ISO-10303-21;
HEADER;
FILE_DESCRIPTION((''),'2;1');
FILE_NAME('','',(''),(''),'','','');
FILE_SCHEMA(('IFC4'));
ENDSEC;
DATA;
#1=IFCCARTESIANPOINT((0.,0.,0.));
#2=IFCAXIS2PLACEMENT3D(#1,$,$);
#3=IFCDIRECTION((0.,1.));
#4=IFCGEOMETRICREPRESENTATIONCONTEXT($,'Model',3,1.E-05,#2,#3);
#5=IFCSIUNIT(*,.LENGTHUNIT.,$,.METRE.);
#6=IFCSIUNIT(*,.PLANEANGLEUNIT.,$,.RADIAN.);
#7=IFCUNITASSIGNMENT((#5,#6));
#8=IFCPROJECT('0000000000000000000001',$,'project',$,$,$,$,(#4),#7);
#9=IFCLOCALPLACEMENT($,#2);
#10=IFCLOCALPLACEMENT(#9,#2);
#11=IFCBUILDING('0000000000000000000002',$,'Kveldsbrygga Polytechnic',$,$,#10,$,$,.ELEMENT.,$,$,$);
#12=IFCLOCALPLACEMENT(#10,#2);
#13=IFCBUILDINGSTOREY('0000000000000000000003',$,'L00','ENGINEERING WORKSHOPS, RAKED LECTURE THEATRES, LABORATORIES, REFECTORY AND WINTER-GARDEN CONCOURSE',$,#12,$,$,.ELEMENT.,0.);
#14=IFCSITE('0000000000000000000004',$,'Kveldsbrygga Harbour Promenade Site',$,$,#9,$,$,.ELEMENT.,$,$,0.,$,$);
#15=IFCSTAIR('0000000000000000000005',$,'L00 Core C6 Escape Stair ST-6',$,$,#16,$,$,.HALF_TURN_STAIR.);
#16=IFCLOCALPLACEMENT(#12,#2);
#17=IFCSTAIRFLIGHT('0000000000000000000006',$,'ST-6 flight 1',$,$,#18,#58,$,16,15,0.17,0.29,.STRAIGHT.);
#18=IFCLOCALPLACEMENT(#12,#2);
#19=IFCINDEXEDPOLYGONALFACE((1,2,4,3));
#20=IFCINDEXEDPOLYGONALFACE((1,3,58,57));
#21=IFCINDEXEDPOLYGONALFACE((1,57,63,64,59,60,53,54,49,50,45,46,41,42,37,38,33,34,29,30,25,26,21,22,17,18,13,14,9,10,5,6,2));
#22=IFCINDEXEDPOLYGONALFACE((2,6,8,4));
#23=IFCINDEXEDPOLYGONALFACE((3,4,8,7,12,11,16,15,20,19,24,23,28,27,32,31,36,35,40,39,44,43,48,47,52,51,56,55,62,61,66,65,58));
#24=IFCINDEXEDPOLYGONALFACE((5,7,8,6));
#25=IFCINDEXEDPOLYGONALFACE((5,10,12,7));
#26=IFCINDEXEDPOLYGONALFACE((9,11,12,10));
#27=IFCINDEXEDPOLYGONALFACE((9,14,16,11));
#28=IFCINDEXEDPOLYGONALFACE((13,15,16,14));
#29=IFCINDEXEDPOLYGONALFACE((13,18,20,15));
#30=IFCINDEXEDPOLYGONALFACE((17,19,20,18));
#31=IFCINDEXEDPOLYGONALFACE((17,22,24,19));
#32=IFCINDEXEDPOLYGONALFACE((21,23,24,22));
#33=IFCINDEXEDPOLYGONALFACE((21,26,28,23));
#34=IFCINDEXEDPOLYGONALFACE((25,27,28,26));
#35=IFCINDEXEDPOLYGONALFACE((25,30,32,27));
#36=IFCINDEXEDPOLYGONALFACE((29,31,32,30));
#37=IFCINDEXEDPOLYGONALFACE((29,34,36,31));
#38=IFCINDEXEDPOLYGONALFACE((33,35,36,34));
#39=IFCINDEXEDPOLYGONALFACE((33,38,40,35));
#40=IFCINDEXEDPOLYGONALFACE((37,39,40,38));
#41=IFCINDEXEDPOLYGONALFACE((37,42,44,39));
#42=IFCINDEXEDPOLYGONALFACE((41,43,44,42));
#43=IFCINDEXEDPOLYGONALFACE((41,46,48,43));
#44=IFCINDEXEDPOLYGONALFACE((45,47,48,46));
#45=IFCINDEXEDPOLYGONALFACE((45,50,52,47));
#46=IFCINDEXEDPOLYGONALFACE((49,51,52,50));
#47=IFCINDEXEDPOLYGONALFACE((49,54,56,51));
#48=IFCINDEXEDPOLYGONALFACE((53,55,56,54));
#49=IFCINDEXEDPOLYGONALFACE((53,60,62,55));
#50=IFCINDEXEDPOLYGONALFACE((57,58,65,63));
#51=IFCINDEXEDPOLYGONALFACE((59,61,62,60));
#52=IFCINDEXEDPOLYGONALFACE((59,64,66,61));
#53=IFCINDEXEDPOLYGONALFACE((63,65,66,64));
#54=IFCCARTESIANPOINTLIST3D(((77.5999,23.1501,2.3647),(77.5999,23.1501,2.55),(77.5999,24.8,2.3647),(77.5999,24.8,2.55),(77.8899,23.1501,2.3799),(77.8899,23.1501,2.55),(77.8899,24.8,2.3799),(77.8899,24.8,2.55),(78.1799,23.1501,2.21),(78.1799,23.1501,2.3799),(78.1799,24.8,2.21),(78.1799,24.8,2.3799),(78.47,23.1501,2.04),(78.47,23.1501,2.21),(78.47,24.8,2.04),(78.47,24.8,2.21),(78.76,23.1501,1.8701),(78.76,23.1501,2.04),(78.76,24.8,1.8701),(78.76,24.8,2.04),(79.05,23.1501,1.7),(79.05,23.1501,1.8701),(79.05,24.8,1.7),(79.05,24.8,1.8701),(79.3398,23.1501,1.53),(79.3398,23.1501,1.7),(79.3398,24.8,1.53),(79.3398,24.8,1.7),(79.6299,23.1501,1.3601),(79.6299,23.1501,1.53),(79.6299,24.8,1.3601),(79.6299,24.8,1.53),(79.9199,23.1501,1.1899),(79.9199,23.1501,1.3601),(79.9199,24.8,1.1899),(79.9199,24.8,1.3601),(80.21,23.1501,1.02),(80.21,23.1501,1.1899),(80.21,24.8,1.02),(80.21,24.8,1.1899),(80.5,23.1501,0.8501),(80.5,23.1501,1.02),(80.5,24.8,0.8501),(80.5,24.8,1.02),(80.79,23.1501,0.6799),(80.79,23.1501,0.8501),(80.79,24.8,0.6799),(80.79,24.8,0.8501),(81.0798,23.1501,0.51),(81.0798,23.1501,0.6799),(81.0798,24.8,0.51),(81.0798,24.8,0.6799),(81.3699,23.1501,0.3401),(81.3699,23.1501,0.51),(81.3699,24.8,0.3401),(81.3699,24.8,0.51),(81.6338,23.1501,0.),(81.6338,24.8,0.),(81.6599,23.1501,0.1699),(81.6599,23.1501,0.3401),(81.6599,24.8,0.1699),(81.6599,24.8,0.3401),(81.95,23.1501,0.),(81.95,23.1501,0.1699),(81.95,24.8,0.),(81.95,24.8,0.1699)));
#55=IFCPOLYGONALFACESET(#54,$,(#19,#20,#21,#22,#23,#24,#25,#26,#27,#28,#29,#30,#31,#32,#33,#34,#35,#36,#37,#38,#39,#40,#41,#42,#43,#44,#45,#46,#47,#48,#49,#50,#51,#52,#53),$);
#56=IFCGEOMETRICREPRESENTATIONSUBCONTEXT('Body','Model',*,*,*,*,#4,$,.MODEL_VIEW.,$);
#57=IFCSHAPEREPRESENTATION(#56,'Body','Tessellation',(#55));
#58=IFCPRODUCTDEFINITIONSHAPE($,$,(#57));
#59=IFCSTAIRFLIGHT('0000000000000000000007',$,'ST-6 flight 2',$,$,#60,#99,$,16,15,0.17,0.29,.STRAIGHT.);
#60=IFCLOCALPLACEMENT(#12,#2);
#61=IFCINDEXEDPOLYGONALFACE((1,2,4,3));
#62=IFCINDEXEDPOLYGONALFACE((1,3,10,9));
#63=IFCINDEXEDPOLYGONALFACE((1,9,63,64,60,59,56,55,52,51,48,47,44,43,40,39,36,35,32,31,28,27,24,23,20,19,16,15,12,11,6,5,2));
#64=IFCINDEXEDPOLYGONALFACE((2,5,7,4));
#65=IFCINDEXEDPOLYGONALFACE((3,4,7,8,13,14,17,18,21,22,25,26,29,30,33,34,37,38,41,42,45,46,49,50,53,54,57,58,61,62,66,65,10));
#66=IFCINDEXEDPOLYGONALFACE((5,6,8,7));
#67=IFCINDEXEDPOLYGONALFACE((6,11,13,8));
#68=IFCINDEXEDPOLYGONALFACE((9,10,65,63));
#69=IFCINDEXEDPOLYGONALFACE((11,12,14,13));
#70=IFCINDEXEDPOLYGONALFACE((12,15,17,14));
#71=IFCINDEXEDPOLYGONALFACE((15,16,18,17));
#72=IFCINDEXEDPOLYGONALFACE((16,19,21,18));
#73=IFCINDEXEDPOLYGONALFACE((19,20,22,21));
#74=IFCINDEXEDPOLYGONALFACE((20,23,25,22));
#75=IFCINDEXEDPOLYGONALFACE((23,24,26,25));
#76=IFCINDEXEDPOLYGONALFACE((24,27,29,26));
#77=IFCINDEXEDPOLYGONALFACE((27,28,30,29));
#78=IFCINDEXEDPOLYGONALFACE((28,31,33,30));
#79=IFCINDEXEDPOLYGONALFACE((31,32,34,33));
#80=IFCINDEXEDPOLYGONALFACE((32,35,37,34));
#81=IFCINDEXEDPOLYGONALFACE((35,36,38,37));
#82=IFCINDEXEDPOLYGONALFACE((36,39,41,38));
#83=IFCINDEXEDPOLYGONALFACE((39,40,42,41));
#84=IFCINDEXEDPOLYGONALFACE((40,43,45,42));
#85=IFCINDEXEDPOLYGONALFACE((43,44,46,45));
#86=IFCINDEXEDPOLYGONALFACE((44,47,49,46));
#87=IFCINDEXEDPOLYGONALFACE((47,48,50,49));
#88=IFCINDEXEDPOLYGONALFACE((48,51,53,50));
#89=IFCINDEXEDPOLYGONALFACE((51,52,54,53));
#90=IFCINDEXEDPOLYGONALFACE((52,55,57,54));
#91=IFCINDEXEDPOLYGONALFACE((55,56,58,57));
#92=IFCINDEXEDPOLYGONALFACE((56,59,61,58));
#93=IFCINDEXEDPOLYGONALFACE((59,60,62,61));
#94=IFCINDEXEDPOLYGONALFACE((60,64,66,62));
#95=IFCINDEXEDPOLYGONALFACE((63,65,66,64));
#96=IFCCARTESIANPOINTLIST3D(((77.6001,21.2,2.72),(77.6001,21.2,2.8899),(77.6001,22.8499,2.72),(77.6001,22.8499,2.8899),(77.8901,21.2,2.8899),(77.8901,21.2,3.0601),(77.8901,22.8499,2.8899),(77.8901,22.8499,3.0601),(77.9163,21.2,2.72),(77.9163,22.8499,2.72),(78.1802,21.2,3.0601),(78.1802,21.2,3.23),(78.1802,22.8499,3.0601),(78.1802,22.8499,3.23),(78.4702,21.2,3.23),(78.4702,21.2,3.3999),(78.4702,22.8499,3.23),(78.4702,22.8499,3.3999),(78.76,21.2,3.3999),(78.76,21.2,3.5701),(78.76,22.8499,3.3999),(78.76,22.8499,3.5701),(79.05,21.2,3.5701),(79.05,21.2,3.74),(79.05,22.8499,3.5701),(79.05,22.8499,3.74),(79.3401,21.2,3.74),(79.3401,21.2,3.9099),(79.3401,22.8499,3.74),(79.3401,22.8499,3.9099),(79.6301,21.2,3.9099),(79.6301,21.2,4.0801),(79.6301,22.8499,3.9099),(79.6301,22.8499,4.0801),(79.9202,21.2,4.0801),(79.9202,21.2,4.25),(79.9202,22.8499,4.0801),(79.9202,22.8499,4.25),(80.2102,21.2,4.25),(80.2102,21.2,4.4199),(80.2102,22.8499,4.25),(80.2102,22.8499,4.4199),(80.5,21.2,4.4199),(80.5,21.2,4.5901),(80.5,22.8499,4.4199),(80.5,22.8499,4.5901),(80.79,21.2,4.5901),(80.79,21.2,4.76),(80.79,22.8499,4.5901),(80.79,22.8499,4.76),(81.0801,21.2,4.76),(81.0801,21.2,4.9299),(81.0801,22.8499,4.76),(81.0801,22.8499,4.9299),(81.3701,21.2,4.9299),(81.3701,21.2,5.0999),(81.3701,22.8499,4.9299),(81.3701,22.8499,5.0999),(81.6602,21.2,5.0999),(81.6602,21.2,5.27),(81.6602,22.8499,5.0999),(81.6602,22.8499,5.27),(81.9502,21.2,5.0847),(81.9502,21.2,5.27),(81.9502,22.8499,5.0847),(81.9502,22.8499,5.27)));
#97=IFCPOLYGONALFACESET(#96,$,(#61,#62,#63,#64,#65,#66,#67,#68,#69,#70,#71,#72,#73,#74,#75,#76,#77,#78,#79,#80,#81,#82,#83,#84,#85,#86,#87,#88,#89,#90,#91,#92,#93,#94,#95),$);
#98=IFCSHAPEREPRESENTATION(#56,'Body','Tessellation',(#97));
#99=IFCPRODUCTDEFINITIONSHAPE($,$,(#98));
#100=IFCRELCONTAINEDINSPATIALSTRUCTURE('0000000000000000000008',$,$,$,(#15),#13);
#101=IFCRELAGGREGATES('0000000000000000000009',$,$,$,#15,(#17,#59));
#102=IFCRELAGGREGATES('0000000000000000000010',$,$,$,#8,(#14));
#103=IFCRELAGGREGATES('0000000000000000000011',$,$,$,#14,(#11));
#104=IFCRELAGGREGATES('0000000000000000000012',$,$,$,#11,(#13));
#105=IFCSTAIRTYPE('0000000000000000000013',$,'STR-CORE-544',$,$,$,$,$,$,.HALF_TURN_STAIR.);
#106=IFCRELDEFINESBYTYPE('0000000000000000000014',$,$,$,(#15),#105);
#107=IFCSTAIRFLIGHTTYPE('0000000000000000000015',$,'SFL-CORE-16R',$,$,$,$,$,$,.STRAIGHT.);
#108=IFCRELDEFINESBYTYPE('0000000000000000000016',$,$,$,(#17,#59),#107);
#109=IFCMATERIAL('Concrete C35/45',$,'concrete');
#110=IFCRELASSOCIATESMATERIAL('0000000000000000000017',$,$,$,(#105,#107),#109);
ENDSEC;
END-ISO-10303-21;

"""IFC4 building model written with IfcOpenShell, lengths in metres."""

from ifc_helpers import new_model, si_unit, direction, frame, origin, place, context, subcontext, project, spatial, polyline, outline, extrude, material, type_object, element, aggregate, save


model = new_model("IFC4")

# Units and contexts
model_context = context("Model", 3, precision=1e-05, world=origin(), true_north=direction((0.0, 1.0)))
body_context = subcontext(model_context, "Body", "Model", "MODEL_VIEW")
ifc_project = project(units=[si_unit("LENGTHUNIT", "METRE"), si_unit("PLANEANGLEUNIT", "RADIAN")], contexts=[model_context])

# Site, building, storey
site_placement = place(None, origin())
site = spatial("IfcSite", under=ifc_project, at=site_placement, Name="Kveldsbrygga Harbour Promenade Site", CompositionType="ELEMENT", RefElevation=0.0)
building_placement = place(site_placement, origin())
building = spatial("IfcBuilding", under=site, at=building_placement, Name="Kveldsbrygga Polytechnic", CompositionType="ELEMENT")
storey_placement = place(building_placement, origin())
storey = spatial("IfcBuildingStorey", under=building, at=storey_placement, Name="L00", Description="ENGINEERING WORKSHOPS, RAKED LECTURE THEATRES, LABORATORIES, REFECTORY AND WINTER-GARDEN CONCOURSE", CompositionType="ELEMENT", Elevation=0.0)

# Shared definitions
ifc_material_1 = material(Name="Concrete C35/45", Category="concrete")

# Stair, stair flights
stair_type = type_object("IfcStairType", Name="STR-CORE-544", PredefinedType="HALF_TURN_STAIR", material=ifc_material_1)
stair_placement = place(storey_placement, origin())
stair = element("IfcStair", 1, at=stair_placement, inside=storey, type_object=stair_type, Name="L00 Core C6 Escape Stair ST-6", PredefinedType="HALF_TURN_STAIR")
stair_flight_type = type_object("IfcStairFlightType", Name="SFL-CORE-16R", PredefinedType="STRAIGHT", material=ifc_material_1)
stair_flight_1_placement = place(storey_placement, frame((81.95, 23.9751, 0.0), z_axis=(0.0, 0.0, 1.0), x_axis=(-1.0, 0.0, 0.0)))
stair_flight_1 = element("IfcStairFlight", 2, at=stair_flight_1_placement, type_object=stair_flight_type, Name="ST-6 flight 1", NumberOfRisers=16, NumberOfTreads=15, PredefinedType="STRAIGHT", RiserHeight=0.17, TreadLength=0.29, context=body_context, shape_type="SweptSolid", body=[
    extrude(outline(polyline([(0.0, 0.0), (0.0, 0.1699), (0.29, 0.1699), (0.29, 0.3401), (0.5801, 0.3401), (0.5801, 0.51), (0.8701, 0.51), (0.8701, 0.6799), (1.1599, 0.6799), (1.1599, 0.8501), (1.45, 0.8501), (1.45, 1.02), (1.74, 1.02), (1.74, 1.1899), (2.03, 1.1899), (2.03, 1.3601), (2.3201, 1.3601), (2.3201, 1.53), (2.6101, 1.53), (2.6101, 1.7), (2.8999, 1.7), (2.8999, 1.8701), (3.1899, 1.8701), (3.1899, 2.04), (3.48, 2.04), (3.48, 2.21), (3.77, 2.21), (3.77, 2.3799), (4.0601, 2.3799), (4.0601, 2.55), (4.3501, 2.55), (4.3501, 2.72), (4.3501, 2.3647), (0.3162, 0.0), (0.0, 0.0)])), frame((0.0, 0.825, 0.0), z_axis=(0.0, -1.0, 0.0), x_axis=(1.0, 0.0, 0.0)), (0.0, 0.0, 1.0), 1.6499),
])
stair_flight_2_placement = place(storey_placement, frame((77.6001, 22.0249, 2.72), z_axis=(0.0, 0.0, 1.0), x_axis=(1.0, 0.0, 0.0)))
stair_flight_2 = element("IfcStairFlight", 3, at=stair_flight_2_placement, type_object=stair_flight_type, Name="ST-6 flight 2", NumberOfRisers=16, NumberOfTreads=15, PredefinedType="STRAIGHT", RiserHeight=0.17, TreadLength=0.29, context=body_context, shape_type="SweptSolid", body=[
    extrude(outline(polyline([(0.0, 0.0), (0.0, 0.1699), (0.29, 0.1699), (0.29, 0.3401), (0.5801, 0.3401), (0.5801, 0.51), (0.8701, 0.51), (0.8701, 0.6799), (1.1599, 0.6799), (1.1599, 0.8501), (1.45, 0.8501), (1.45, 1.02), (1.74, 1.02), (1.74, 1.1899), (2.03, 1.1899), (2.03, 1.3601), (2.3201, 1.3601), (2.3201, 1.53), (2.6101, 1.53), (2.6101, 1.7), (2.8999, 1.7), (2.8999, 1.8701), (3.1899, 1.8701), (3.1899, 2.04), (3.48, 2.04), (3.48, 2.21), (3.77, 2.21), (3.77, 2.3799), (4.0601, 2.3799), (4.0601, 2.55), (4.3501, 2.55), (4.3501, 2.72), (4.3501, 2.3647), (0.3162, 0.0), (0.0, 0.0)])), frame((0.0, 0.825, 0.0), z_axis=(0.0, -1.0, 0.0), x_axis=(1.0, 0.0, 0.0)), (0.0, 0.0, 1.0), 1.6499),
])
aggregate(stair, [stair_flight_1, stair_flight_2])

save(model, "model.ifc")
